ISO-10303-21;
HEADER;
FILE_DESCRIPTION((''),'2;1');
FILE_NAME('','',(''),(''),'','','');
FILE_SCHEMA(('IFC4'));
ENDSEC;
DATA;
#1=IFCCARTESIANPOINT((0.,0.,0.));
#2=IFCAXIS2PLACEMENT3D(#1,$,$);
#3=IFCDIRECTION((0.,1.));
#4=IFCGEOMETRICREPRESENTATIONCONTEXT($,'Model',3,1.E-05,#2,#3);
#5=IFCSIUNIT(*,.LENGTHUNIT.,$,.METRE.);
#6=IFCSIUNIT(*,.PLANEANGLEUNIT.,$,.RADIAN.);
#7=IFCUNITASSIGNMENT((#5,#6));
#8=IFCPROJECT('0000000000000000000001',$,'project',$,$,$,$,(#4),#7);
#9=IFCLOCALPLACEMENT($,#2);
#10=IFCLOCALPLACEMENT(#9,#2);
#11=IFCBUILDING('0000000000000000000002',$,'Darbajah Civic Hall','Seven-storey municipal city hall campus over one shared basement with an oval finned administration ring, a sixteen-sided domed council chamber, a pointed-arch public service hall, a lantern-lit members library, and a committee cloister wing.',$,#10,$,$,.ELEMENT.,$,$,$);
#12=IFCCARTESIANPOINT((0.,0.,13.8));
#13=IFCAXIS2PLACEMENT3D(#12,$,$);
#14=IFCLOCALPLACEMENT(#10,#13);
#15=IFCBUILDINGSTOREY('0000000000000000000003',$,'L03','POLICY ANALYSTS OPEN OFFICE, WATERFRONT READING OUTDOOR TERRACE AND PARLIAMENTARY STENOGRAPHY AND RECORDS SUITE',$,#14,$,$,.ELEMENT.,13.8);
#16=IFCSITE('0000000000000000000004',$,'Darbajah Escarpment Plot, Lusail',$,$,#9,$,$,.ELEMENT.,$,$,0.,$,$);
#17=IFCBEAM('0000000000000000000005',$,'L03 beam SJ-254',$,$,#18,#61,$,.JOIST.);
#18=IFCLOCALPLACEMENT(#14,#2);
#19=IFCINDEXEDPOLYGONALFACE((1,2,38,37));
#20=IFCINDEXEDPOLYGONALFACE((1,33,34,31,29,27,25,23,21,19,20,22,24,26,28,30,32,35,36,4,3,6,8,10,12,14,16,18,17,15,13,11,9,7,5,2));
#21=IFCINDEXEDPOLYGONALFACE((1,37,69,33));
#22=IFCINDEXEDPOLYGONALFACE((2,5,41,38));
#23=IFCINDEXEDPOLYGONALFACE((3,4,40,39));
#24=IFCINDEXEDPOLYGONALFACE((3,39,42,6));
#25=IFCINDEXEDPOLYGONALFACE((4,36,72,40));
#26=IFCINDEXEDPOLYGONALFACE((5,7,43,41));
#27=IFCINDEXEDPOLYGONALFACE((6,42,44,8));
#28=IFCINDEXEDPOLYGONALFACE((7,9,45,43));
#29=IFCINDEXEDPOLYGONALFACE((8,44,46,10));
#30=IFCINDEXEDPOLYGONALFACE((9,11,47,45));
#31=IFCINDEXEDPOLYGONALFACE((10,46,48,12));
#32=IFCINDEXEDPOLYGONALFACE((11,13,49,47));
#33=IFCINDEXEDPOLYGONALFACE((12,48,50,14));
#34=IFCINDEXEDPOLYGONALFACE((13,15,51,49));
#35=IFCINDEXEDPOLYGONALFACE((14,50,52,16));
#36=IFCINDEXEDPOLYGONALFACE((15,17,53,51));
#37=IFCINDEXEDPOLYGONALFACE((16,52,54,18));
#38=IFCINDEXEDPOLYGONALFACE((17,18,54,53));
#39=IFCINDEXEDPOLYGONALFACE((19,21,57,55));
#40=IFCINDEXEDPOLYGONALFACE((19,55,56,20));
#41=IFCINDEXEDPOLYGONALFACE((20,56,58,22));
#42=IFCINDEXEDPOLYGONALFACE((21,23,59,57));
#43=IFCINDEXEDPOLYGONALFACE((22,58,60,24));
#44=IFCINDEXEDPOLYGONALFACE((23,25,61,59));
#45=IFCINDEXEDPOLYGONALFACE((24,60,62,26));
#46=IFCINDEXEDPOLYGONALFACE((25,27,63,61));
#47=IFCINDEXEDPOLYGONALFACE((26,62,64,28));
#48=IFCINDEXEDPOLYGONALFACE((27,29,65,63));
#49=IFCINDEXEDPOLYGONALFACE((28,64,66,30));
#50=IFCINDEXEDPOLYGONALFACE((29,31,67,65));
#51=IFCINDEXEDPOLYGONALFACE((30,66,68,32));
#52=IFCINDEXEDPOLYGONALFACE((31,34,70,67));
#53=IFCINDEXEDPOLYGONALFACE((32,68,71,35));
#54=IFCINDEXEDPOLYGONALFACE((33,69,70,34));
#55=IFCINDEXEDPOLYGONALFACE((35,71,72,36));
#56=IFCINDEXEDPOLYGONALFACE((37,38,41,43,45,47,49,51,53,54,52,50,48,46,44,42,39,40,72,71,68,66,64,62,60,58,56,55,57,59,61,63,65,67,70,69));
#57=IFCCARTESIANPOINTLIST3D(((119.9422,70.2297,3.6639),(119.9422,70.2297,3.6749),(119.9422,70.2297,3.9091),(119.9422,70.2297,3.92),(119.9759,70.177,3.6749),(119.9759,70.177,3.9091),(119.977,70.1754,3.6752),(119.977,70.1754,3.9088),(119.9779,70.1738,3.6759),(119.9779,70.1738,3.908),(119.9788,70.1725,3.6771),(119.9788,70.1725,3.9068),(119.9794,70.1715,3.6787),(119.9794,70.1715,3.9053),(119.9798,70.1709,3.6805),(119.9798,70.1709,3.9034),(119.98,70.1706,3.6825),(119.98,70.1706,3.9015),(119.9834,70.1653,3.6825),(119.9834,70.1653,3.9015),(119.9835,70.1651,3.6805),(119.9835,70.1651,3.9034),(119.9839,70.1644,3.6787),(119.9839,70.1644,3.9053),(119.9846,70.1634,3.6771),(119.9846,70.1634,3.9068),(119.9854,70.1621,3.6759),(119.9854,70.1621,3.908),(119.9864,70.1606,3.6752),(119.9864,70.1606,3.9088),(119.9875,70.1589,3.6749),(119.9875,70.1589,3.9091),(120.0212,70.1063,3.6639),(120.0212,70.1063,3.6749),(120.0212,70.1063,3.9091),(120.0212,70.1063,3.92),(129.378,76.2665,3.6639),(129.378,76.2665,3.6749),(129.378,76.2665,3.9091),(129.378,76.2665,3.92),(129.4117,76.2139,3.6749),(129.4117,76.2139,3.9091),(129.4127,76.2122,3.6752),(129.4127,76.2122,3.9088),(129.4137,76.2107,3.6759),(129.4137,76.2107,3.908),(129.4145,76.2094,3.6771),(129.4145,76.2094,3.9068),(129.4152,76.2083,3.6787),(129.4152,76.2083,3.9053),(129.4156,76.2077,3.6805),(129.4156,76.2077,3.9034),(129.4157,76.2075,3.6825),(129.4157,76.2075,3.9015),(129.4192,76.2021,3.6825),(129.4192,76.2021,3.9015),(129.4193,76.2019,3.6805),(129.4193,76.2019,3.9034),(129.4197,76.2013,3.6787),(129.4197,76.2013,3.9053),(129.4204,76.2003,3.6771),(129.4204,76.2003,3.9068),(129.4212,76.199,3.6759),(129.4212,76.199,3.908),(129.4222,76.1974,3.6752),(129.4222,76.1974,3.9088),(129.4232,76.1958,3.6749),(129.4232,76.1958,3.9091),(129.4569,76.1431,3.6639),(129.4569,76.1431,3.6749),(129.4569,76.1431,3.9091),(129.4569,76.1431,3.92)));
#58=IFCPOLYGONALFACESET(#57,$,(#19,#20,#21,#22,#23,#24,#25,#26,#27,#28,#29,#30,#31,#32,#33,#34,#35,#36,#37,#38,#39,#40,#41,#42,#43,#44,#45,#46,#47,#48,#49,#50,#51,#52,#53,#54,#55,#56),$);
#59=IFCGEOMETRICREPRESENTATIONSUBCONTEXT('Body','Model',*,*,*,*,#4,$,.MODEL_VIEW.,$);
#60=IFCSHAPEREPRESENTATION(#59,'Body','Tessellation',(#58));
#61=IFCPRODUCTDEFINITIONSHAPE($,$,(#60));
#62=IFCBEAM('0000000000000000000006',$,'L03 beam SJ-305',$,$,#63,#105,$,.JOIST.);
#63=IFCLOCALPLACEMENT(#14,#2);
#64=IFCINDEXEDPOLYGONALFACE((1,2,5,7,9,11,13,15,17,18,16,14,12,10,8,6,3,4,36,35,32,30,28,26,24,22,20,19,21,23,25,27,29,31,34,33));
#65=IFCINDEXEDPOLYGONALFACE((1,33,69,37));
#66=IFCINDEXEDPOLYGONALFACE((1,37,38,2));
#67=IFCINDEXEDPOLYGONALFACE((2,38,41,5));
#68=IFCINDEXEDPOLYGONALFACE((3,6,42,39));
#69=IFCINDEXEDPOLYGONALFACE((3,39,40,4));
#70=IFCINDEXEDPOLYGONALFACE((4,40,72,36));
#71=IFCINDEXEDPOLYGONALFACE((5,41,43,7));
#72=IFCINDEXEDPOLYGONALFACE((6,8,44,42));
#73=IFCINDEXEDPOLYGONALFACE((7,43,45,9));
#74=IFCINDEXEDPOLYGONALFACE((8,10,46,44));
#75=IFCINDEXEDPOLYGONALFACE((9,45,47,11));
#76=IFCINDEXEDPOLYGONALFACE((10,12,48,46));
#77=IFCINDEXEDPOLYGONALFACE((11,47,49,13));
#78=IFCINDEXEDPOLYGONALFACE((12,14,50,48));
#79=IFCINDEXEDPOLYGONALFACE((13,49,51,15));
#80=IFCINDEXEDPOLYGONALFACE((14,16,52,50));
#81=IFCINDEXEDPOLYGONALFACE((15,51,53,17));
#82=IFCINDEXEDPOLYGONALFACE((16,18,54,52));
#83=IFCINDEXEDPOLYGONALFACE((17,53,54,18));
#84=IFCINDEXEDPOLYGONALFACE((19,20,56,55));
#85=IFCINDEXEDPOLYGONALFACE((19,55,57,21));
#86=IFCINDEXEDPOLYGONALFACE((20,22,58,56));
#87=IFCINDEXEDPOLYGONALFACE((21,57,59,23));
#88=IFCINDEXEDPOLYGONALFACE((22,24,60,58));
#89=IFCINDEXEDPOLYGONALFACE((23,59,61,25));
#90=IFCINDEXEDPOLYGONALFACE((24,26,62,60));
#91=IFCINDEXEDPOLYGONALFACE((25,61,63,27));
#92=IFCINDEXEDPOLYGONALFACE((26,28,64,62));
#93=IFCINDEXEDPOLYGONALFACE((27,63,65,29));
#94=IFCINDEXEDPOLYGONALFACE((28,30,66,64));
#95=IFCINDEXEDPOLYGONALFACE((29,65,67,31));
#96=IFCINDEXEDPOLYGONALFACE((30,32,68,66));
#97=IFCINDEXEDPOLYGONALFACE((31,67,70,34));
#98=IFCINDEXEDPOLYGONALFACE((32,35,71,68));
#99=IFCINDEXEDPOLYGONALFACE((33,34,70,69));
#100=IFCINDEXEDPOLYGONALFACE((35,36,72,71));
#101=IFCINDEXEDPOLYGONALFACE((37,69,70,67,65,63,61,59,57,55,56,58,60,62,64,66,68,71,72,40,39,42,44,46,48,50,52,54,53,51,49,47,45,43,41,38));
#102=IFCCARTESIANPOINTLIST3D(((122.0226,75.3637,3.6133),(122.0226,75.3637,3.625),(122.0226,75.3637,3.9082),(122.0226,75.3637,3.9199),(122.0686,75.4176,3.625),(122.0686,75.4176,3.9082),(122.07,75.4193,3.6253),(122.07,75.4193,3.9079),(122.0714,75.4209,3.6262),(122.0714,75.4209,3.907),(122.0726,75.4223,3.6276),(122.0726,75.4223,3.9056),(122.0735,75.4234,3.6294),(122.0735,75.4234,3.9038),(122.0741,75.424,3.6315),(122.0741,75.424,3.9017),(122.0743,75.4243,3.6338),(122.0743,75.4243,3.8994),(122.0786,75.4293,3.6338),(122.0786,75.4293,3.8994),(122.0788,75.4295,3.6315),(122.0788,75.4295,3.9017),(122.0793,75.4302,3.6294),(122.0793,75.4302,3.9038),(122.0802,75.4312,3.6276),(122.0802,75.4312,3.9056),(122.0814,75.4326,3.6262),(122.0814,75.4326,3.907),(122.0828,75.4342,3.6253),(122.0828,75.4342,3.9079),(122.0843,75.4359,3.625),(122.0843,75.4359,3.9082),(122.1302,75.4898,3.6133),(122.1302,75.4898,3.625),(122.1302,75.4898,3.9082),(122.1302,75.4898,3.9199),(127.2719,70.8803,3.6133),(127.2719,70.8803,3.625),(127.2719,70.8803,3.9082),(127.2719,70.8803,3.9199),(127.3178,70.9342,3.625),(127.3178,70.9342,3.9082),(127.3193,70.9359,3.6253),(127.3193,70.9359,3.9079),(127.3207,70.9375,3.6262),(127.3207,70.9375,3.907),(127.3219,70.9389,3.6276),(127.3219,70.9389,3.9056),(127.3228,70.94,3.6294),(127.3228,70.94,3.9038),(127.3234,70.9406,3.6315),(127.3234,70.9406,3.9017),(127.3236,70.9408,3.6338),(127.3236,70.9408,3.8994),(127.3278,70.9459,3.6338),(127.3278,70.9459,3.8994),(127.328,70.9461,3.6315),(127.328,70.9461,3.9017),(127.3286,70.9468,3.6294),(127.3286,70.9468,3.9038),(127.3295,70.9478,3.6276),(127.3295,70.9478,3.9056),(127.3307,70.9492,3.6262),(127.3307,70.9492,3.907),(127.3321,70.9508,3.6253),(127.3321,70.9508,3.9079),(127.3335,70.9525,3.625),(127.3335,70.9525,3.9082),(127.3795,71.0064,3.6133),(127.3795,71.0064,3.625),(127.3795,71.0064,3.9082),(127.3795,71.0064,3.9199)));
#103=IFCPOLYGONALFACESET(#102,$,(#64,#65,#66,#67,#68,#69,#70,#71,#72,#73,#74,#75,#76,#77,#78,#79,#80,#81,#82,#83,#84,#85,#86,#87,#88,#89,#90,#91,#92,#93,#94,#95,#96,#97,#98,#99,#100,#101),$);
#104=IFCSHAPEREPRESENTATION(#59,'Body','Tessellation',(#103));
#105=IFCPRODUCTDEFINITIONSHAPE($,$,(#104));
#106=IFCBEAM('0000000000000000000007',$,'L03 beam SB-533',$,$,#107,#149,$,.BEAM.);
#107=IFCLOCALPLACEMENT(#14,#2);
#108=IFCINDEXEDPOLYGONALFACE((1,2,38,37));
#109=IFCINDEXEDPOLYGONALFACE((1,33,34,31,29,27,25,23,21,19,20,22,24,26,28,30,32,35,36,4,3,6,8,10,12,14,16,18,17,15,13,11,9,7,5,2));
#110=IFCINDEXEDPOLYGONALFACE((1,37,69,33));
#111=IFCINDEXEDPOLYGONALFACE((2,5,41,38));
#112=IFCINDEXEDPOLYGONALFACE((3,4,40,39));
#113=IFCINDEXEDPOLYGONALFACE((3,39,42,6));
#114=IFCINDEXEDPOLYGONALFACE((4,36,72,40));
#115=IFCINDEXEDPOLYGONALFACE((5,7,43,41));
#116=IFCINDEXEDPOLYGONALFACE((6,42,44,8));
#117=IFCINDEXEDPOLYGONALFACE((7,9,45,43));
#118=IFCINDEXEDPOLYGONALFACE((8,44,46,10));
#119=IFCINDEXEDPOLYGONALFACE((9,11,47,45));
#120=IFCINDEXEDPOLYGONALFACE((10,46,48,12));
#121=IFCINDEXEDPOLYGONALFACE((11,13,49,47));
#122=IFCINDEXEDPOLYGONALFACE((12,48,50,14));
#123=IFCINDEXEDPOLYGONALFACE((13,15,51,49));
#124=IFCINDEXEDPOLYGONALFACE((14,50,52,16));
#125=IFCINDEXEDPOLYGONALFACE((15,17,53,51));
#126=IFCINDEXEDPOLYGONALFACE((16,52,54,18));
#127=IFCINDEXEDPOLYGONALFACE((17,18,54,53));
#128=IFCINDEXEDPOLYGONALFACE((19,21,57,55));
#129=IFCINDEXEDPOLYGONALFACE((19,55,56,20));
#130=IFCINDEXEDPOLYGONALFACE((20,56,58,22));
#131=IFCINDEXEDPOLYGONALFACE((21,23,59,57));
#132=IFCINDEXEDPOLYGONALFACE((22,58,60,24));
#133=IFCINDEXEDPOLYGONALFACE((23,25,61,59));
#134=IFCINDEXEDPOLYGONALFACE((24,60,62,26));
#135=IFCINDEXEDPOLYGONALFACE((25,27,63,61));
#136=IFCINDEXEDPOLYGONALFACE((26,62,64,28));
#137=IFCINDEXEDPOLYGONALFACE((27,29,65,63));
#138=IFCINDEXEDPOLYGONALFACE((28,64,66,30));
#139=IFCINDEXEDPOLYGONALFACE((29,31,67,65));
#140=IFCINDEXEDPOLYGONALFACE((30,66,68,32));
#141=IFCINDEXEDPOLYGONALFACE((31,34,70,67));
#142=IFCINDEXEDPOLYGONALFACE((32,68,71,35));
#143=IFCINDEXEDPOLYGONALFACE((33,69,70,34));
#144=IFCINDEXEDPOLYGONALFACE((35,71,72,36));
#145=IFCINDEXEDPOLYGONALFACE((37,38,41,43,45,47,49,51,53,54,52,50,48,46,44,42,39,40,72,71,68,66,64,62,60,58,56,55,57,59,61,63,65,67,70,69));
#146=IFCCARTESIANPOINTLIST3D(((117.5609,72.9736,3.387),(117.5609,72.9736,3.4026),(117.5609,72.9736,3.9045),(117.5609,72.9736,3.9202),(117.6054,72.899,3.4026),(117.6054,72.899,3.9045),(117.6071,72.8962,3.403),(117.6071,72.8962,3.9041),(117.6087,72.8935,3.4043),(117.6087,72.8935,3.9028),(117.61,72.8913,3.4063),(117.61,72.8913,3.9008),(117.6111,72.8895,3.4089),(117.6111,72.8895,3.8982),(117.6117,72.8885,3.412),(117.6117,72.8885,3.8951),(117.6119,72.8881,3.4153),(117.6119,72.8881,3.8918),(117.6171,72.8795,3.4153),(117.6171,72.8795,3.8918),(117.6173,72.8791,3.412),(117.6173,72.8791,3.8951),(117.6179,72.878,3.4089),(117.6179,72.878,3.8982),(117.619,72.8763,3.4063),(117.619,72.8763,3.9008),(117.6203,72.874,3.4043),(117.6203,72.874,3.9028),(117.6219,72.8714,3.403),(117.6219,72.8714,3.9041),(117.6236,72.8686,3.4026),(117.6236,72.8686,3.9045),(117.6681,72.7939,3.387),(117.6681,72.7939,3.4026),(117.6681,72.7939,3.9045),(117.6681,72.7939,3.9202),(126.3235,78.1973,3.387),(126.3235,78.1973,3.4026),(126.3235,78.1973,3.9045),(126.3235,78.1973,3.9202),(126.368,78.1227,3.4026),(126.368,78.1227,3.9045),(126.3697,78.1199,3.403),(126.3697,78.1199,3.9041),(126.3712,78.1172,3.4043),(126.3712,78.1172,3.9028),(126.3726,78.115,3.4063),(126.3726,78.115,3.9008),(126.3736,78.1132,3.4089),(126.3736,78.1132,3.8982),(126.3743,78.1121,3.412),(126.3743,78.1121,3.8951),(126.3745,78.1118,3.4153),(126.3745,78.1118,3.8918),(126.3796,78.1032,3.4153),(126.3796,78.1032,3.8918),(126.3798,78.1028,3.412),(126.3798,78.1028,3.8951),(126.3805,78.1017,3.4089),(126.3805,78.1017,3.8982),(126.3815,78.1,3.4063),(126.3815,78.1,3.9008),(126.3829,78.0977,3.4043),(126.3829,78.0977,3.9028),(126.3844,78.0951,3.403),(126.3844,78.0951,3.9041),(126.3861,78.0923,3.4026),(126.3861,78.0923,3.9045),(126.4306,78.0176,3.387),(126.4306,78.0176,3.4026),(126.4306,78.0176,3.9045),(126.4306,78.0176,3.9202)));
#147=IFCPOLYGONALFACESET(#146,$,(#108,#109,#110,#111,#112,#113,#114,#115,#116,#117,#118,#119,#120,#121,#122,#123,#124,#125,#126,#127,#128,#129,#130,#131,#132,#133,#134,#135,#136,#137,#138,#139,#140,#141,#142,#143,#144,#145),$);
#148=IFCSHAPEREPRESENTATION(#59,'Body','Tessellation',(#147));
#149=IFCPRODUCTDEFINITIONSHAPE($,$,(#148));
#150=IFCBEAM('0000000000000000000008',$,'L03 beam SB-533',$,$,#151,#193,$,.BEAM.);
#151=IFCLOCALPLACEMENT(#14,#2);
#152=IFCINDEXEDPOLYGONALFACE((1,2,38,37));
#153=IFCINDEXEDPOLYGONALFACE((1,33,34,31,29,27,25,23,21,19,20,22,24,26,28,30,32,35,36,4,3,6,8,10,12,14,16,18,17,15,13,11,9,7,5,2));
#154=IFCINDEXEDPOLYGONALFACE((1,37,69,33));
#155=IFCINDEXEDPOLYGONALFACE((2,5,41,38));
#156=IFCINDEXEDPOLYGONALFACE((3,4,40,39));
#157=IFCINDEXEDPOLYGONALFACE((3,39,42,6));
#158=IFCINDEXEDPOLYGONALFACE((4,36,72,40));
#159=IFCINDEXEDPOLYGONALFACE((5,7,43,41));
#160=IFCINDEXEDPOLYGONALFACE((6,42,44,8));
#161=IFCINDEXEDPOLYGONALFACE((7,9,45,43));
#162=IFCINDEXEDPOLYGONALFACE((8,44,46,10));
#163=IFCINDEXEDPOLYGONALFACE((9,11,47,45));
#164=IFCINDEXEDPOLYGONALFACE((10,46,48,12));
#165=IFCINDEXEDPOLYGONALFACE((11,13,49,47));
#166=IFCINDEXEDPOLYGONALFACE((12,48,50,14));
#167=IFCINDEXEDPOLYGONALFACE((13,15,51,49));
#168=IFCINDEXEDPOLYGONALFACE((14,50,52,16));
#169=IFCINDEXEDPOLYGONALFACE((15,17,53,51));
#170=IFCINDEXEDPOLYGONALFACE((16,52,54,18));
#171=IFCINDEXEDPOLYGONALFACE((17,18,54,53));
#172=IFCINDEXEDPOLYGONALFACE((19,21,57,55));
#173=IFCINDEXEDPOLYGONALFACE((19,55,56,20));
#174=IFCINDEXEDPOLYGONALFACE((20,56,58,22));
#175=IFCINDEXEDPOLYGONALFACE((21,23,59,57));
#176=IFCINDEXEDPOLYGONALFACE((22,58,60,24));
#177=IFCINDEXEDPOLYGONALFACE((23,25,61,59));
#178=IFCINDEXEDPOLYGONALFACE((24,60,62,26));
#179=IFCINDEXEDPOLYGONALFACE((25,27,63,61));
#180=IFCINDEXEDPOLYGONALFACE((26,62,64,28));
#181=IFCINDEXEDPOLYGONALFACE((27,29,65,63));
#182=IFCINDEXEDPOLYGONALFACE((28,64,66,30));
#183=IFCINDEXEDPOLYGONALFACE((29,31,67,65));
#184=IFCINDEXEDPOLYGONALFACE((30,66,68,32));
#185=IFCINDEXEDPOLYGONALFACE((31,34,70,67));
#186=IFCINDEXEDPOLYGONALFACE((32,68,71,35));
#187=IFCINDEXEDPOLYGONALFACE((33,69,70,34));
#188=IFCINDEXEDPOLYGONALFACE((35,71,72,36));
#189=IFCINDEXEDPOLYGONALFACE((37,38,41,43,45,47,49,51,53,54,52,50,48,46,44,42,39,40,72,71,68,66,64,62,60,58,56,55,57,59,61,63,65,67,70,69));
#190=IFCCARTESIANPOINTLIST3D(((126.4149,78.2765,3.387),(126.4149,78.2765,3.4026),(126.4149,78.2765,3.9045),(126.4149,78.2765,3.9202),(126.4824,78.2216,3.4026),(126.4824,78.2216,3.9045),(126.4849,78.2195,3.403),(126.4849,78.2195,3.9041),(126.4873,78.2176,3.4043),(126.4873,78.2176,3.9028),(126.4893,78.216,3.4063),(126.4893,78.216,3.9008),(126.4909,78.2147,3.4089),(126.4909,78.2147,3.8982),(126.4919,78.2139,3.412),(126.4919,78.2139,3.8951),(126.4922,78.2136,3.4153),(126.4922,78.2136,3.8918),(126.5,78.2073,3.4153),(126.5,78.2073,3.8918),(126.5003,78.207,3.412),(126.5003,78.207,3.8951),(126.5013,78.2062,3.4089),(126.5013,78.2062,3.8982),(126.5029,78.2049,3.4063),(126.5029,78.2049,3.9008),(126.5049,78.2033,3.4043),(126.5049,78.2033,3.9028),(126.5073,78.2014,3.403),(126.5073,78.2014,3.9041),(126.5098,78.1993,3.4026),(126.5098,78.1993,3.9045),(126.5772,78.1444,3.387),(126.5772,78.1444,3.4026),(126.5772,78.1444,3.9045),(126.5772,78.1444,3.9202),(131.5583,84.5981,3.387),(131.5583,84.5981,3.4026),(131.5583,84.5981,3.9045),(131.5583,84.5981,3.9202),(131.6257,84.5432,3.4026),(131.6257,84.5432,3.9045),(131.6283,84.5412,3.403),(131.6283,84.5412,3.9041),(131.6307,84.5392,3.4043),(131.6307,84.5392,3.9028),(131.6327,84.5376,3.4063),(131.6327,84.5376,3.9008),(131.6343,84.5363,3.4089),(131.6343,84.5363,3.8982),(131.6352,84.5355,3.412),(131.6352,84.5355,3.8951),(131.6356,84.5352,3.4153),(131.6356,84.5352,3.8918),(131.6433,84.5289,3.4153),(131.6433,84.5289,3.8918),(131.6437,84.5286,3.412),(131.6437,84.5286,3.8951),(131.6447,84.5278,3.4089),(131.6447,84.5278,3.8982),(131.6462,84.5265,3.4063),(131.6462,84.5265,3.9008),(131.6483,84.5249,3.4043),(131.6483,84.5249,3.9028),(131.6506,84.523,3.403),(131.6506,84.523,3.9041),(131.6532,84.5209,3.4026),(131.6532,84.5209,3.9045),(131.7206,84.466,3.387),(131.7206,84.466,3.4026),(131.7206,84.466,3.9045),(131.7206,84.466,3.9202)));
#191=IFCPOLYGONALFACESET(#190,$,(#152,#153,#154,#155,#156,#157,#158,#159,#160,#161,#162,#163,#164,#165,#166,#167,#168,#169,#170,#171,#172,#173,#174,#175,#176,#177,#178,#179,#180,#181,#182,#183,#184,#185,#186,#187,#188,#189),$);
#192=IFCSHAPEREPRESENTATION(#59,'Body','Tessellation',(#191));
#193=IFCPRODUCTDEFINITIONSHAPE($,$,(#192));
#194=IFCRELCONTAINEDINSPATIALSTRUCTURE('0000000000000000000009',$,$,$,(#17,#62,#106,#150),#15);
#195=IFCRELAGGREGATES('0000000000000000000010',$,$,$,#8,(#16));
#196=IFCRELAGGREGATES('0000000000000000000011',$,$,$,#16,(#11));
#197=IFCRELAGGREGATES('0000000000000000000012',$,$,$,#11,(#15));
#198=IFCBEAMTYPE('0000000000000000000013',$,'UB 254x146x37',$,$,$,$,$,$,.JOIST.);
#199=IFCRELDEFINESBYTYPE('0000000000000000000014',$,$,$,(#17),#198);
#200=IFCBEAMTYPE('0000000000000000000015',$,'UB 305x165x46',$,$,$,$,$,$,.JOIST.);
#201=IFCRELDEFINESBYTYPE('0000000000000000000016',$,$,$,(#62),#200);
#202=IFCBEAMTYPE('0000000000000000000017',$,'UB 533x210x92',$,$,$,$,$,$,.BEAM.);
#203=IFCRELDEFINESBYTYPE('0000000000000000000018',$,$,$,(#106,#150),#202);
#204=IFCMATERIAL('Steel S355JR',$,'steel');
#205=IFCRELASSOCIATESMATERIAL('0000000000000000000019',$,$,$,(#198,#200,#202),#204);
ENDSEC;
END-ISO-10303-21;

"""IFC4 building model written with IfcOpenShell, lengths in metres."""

from ifc_helpers import new_model, si_unit, direction, frame, origin, origin_2d, place, context, subcontext, project, spatial, i_section, extrude, material, material_profile, profile_set, type_object, element, save


model = new_model("IFC4")

# Units and contexts
model_context = context("Model", 3, precision=1e-05, world=origin(), true_north=direction((0.0, 1.0)))
body_context = subcontext(model_context, "Body", "Model", "MODEL_VIEW")
ifc_project = project(units=[si_unit("LENGTHUNIT", "METRE"), si_unit("PLANEANGLEUNIT", "RADIAN")], contexts=[model_context])

# Site, building, storey
site_placement = place(None, origin())
site = spatial("IfcSite", under=ifc_project, at=site_placement, Name="Darbajah Escarpment Plot, Lusail", CompositionType="ELEMENT", RefElevation=0.0)
building_placement = place(site_placement, origin())
building = spatial("IfcBuilding", under=site, at=building_placement, Name="Darbajah Civic Hall", Description="Seven-storey municipal city hall campus over one shared basement with an oval finned administration ring, a sixteen-sided domed council chamber, a pointed-arch public service hall, a lantern-lit members library, and a committee cloister wing.", CompositionType="ELEMENT")
storey_placement = place(building_placement, frame((0.0, 0.0, 13.8)))
storey = spatial("IfcBuildingStorey", under=building, at=storey_placement, Name="L03", Description="POLICY ANALYSTS OPEN OFFICE, WATERFRONT READING OUTDOOR TERRACE AND PARLIAMENTARY STENOGRAPHY AND RECORDS SUITE", CompositionType="ELEMENT", Elevation=13.8)

# Beams
ifc_material_1 = material(Name="Steel S355JR", Category="steel")
ifc_material_profile_1 = material_profile(ifc_material_1, i_section(OverallWidth=0.1465, OverallDepth=0.2561, WebThickness=0.0063, FlangeThickness=0.011, FilletRadius=0.0076, at=origin_2d()), Name="UB 254x146x37")
ifc_profile_set_1 = profile_set([ifc_material_profile_1], Name="Steel S355JR")
beam_type_1 = type_object("IfcBeamType", Name="UB 254x146x37", PredefinedType="JOIST", material=ifc_profile_set_1)
beam_1_placement = place(storey_placement, frame((119.9817, 70.168, 3.792), z_axis=(0.842354, 0.538924, 0.0), x_axis=(-0.538924, 0.842354, 0.0)))
element("IfcBeam", 1, at=beam_1_placement, inside=storey, type_object=beam_type_1, Name="L03 beam SJ-254", PredefinedType="JOIST", context=body_context, shape_type="SweptSolid", body=[
    extrude(i_section(OverallWidth=0.1465, OverallDepth=0.2561, WebThickness=0.0063, FlangeThickness=0.011, FilletRadius=0.0076, at=origin_2d()), origin(), (0.0, 0.0, 1.0), 11.2017),
])
ifc_material_profile_2 = material_profile(ifc_material_1, i_section(OverallWidth=0.1658, OverallDepth=0.3066, WebThickness=0.0066, FlangeThickness=0.0117, FilletRadius=0.0088, at=origin_2d()), Name="UB 305x165x46")
ifc_profile_set_2 = profile_set([ifc_material_profile_2], Name="Steel S355JR")
beam_type_2 = type_object("IfcBeamType", Name="UB 305x165x46", PredefinedType="JOIST", material=ifc_profile_set_2)
beam_2_placement = place(storey_placement, frame((122.0764, 75.4268, 3.7666), z_axis=(0.760399, -0.649456, 0.0), x_axis=(0.649456, 0.760399, 0.0)))
element("IfcBeam", 2, at=beam_2_placement, inside=storey, type_object=beam_type_2, Name="L03 beam SJ-305", PredefinedType="JOIST", context=body_context, shape_type="SweptSolid", body=[
    extrude(i_section(OverallWidth=0.1658, OverallDepth=0.3066, WebThickness=0.0066, FlangeThickness=0.0117, FilletRadius=0.0088, at=origin_2d()), origin(), (0.0, 0.0, 1.0), 6.9033),
])
ifc_material_profile_3 = material_profile(ifc_material_1, i_section(OverallWidth=0.2092, OverallDepth=0.5332, WebThickness=0.01, FlangeThickness=0.0156, FilletRadius=0.0127, at=origin_2d()), Name="UB 533x210x92")
ifc_profile_set_3 = profile_set([ifc_material_profile_3], Name="Steel S355JR")
beam_type_3 = type_object("IfcBeamType", Name="UB 533x210x92", PredefinedType="BEAM", material=ifc_profile_set_3)
beam_3_placement = place(storey_placement, frame((117.6145, 72.8838, 3.6536), z_axis=(0.858953, 0.512055, 0.0), x_axis=(-0.512055, 0.858953, 0.0)))
element("IfcBeam", 3, at=beam_3_placement, inside=storey, type_object=beam_type_3, Name="L03 beam SB-533", PredefinedType="BEAM", context=body_context, shape_type="SweptSolid", body=[
    extrude(i_section(OverallWidth=0.2092, OverallDepth=0.5332, WebThickness=0.01, FlangeThickness=0.0156, FilletRadius=0.0127, at=origin_2d()), origin(), (0.0, 0.0, 1.0), 10.2014),
])
beam_4_placement = place(storey_placement, frame((126.4961, 78.2104, 3.6536), z_axis=(0.631115, 0.77569, 0.0), x_axis=(-0.77569, 0.631115, 0.0)))
element("IfcBeam", 4, at=beam_4_placement, inside=storey, type_object=beam_type_3, Name="L03 beam SB-533", PredefinedType="BEAM", context=body_context, shape_type="SweptSolid", body=[
    extrude(i_section(OverallWidth=0.2092, OverallDepth=0.5332, WebThickness=0.01, FlangeThickness=0.0156, FilletRadius=0.0127, at=origin_2d()), origin(), (0.0, 0.0, 1.0), 8.1497),
])

save(model, "model.ifc")
